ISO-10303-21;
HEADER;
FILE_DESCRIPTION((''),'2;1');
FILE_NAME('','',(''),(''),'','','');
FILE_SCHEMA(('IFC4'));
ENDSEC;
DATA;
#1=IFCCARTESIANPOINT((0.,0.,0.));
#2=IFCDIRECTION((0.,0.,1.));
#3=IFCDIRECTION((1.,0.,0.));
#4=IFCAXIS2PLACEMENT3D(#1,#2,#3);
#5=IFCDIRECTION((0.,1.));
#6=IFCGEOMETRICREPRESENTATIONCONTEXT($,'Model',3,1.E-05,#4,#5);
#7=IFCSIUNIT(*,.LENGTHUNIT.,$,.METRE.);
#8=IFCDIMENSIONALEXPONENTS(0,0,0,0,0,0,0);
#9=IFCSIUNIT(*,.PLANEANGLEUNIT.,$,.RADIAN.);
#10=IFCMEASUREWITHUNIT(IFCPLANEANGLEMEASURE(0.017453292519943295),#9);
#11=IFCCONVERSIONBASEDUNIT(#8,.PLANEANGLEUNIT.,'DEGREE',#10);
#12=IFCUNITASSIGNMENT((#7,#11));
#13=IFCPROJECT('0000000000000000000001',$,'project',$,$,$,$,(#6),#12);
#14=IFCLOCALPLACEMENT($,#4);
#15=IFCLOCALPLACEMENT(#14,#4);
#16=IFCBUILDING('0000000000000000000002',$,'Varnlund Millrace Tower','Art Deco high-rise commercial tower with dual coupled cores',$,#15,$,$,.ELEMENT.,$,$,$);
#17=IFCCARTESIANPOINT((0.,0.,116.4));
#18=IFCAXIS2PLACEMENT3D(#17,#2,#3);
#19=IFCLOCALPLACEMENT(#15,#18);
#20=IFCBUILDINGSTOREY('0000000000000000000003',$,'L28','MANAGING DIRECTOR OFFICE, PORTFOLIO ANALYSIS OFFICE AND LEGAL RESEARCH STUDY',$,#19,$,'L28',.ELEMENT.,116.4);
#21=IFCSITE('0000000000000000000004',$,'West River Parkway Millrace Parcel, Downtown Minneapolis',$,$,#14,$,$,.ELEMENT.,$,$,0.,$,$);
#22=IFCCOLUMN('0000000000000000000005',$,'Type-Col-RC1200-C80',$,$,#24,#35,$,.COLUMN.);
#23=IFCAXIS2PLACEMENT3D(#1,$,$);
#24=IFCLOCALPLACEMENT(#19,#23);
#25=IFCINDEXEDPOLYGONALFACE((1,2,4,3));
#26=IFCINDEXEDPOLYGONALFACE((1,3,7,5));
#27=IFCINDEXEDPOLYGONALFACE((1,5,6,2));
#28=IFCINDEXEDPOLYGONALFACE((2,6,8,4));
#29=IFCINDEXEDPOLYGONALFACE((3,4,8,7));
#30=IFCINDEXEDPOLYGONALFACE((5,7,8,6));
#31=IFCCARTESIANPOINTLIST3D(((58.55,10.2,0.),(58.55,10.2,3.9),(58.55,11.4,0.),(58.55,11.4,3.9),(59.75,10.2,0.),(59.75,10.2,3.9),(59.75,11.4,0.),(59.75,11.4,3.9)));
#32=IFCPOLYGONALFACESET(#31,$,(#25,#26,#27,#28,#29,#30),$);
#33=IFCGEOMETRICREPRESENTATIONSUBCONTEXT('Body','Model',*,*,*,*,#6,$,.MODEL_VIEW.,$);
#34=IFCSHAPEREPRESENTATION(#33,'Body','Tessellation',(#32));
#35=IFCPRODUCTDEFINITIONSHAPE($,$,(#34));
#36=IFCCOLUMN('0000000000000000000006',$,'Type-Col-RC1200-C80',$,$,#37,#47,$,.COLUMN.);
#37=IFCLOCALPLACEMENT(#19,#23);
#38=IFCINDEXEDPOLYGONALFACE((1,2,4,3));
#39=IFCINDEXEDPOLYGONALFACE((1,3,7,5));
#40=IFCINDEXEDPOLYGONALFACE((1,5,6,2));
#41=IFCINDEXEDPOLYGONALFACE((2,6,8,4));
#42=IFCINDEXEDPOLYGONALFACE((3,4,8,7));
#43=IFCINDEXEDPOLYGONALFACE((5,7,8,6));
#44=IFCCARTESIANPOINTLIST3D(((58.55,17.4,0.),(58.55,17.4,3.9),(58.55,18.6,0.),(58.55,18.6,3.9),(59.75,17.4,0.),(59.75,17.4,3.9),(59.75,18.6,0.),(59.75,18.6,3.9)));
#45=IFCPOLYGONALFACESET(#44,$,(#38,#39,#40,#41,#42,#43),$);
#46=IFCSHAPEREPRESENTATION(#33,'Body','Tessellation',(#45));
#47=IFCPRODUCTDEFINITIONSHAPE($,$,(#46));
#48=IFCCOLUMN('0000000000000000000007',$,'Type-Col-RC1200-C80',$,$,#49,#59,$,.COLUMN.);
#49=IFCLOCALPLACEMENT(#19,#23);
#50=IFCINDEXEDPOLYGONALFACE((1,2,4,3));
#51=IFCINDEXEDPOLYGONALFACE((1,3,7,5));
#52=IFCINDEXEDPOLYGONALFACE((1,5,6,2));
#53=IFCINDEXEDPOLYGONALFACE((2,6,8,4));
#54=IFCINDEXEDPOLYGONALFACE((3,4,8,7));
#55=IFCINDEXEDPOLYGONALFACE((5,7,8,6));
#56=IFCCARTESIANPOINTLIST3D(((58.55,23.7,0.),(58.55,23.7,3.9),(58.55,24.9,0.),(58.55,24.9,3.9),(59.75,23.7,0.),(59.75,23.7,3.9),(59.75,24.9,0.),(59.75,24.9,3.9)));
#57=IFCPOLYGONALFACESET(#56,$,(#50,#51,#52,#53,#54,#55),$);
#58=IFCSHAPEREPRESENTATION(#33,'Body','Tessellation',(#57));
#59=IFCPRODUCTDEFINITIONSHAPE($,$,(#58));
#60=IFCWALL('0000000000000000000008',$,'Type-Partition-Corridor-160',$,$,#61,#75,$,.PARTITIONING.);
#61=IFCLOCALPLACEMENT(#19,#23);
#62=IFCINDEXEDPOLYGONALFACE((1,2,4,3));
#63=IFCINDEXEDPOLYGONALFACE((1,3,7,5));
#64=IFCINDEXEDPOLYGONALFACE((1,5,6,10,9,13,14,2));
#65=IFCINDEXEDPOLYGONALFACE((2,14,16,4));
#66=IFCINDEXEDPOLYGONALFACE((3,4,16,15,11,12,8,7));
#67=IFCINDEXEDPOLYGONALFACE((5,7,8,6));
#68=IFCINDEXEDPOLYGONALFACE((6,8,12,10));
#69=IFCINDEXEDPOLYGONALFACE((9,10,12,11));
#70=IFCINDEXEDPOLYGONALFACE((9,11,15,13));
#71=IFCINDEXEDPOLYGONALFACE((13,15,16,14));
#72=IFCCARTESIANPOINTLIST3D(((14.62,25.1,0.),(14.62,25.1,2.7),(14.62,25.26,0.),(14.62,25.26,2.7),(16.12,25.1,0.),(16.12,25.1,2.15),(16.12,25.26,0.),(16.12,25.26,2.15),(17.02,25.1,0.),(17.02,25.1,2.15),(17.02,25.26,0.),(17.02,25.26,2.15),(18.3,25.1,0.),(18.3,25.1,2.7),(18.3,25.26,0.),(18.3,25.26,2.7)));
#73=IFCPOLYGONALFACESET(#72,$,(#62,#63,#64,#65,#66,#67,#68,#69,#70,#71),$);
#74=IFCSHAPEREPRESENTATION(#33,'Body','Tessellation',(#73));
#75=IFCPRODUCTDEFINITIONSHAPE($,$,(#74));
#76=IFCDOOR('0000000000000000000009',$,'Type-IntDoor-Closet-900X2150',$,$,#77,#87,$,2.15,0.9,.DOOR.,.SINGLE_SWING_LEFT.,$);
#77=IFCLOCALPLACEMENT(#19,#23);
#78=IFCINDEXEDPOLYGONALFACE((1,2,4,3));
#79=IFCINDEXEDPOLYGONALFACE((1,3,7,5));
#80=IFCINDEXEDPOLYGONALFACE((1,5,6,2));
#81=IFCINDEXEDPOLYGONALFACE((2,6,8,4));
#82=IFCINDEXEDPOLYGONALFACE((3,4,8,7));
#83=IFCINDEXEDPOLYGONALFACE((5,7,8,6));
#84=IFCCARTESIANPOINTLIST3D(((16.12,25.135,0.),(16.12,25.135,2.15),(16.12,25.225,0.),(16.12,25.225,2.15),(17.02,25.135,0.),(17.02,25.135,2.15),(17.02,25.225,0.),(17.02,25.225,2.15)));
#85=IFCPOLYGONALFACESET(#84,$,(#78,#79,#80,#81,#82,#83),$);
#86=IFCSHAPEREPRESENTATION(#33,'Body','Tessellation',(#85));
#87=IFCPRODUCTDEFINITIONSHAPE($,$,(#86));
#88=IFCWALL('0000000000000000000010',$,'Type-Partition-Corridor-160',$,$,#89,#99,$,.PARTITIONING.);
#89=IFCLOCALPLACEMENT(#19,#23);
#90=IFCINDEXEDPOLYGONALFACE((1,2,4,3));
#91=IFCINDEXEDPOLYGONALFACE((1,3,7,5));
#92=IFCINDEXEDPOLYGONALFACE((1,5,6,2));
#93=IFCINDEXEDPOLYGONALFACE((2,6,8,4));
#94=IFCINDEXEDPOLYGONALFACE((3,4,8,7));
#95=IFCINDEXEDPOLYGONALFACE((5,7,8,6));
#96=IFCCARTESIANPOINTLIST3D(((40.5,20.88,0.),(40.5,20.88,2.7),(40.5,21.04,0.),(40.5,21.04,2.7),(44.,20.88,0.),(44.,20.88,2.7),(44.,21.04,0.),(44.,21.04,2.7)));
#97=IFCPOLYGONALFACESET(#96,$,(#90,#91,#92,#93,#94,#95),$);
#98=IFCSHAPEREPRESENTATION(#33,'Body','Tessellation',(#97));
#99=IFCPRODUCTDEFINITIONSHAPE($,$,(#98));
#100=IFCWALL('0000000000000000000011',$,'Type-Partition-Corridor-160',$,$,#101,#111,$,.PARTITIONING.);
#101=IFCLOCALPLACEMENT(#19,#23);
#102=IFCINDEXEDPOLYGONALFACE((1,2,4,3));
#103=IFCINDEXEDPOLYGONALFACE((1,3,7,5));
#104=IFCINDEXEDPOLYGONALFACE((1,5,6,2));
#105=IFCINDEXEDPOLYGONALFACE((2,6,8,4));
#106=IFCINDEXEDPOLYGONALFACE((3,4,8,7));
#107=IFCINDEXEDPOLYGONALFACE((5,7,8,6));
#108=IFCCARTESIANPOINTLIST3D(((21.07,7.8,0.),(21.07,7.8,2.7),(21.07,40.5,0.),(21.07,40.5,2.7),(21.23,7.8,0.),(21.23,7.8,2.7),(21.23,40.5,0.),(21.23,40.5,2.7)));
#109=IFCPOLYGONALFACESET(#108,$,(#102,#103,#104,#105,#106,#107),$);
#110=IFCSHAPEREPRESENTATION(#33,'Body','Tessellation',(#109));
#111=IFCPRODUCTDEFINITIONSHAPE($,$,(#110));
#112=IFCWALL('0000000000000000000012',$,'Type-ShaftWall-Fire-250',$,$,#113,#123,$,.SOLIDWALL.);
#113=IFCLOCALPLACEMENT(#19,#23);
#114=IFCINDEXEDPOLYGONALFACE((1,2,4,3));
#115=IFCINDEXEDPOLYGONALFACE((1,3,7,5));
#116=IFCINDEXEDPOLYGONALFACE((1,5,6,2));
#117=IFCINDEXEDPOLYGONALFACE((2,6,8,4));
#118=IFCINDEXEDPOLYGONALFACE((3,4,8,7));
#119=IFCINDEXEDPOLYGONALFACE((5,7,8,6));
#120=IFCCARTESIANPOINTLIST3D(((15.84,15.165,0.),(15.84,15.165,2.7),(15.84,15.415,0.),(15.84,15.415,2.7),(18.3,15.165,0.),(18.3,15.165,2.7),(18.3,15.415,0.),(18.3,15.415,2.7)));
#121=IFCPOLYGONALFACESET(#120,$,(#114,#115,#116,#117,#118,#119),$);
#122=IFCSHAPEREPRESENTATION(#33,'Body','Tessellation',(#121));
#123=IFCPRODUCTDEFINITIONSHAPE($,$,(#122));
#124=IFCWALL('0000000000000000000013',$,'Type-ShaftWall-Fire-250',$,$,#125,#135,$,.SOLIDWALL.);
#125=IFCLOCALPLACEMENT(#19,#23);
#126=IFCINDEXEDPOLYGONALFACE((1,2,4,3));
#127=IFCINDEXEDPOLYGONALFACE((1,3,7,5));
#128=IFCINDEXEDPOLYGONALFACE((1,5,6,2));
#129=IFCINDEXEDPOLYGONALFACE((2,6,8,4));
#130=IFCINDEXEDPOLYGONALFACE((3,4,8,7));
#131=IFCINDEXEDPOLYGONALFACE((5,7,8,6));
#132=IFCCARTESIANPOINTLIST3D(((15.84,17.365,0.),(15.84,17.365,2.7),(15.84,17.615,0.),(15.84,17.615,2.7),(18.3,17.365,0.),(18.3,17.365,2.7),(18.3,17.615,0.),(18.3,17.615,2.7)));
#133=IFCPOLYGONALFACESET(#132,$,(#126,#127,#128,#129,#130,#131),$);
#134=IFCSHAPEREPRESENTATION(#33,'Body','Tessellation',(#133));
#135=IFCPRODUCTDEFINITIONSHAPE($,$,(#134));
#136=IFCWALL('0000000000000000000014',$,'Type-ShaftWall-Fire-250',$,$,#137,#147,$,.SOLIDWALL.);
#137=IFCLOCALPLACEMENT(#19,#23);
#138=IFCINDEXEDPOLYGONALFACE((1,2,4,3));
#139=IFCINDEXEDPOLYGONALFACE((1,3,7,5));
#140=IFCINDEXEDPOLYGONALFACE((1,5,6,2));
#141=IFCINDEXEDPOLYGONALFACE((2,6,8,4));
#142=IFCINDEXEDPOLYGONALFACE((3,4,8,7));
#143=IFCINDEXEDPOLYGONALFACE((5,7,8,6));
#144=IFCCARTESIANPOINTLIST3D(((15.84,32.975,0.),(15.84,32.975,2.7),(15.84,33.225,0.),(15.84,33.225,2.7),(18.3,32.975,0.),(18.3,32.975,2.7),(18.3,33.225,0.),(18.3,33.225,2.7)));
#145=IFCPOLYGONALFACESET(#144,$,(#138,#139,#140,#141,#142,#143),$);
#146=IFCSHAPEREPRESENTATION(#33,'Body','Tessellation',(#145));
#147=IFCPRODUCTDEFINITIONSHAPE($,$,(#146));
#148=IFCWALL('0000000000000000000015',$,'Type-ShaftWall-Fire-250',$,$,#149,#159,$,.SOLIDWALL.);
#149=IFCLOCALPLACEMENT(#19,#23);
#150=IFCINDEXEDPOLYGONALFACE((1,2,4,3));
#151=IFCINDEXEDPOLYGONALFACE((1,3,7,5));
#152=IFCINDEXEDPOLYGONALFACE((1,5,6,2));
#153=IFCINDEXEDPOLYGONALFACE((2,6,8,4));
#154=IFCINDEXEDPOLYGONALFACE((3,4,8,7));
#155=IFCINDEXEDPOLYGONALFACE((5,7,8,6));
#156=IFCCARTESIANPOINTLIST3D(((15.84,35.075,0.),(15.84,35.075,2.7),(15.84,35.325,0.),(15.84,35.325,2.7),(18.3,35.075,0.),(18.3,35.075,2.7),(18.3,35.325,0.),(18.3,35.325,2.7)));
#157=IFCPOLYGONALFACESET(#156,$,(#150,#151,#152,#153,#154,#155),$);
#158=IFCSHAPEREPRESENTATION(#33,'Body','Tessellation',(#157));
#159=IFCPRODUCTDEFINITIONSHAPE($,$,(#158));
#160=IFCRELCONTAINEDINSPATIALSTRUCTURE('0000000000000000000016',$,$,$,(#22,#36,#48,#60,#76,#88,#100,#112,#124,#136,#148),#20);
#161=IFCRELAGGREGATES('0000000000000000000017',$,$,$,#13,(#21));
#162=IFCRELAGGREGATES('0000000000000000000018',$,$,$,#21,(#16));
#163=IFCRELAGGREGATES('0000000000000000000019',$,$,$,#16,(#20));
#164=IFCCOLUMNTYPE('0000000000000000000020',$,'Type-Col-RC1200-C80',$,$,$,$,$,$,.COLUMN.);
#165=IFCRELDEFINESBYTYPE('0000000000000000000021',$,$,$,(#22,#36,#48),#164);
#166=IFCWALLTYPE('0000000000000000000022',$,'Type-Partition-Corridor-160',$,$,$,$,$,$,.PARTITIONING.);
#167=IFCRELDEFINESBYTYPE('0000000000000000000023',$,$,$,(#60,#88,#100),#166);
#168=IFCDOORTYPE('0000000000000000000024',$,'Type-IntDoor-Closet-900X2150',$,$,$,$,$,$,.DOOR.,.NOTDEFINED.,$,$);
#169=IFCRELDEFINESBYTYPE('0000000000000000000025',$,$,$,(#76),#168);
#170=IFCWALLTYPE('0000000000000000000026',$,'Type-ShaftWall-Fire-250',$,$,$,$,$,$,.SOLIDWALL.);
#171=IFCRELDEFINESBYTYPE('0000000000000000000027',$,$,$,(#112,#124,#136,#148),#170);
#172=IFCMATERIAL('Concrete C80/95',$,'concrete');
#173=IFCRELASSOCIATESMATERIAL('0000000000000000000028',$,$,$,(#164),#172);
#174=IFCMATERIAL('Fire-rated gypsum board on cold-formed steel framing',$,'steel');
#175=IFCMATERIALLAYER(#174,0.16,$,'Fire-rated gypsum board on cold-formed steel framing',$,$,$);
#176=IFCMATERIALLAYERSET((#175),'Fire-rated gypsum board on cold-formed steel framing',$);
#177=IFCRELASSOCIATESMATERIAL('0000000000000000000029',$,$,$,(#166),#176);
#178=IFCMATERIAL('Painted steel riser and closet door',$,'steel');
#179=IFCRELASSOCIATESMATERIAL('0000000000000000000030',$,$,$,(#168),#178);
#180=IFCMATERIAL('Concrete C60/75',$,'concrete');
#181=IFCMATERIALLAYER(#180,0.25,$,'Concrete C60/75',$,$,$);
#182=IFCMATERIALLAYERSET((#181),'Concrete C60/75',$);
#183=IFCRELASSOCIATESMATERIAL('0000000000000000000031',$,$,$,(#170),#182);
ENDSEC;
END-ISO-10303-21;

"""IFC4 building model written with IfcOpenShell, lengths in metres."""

from ifc_helpers import new_model, entity, si_unit, converted_unit, direction, frame, origin_with_axes, origin_2d_with_axis, place, context, subcontext, project, spatial, polyline, rectangle, outline, extrude, material, layer, layer_set, material_profile, profile_set, type_object, element, fill, save


model = new_model("IFC4")

# Units and contexts
model_context = context("Model", 3, precision=1e-05, world=origin_with_axes(), true_north=direction((0.0, 1.0)))
body_context = subcontext(model_context, "Body", "Model", "MODEL_VIEW")
ifc_project = project(units=[si_unit("LENGTHUNIT", "METRE"), converted_unit("PLANEANGLEUNIT", "DEGREE", entity("IfcPlaneAngleMeasure", 0.017453292519943295), si_unit("PLANEANGLEUNIT", "RADIAN"), dimensions=[0, 0, 0, 0, 0, 0, 0])], contexts=[model_context])

# Site, building, storey
site_placement = place(None, origin_with_axes())
site = spatial("IfcSite", under=ifc_project, at=site_placement, Name="West River Parkway Millrace Parcel, Downtown Minneapolis", CompositionType="ELEMENT", RefElevation=0.0)
building_placement = place(site_placement, origin_with_axes())
building = spatial("IfcBuilding", under=site, at=building_placement, Name="Varnlund Millrace Tower", Description="Art Deco high-rise commercial tower with dual coupled cores", CompositionType="ELEMENT")
storey_placement = place(building_placement, frame((0.0, 0.0, 116.4), z_axis=(0.0, 0.0, 1.0), x_axis=(1.0, 0.0, 0.0)))
storey = spatial("IfcBuildingStorey", under=building, at=storey_placement, Name="L28", Description="MANAGING DIRECTOR OFFICE, PORTFOLIO ANALYSIS OFFICE AND LEGAL RESEARCH STUDY", LongName="L28", CompositionType="ELEMENT", Elevation=116.4)

# Columns
ifc_material_1 = material(Name="Concrete C80/95", Category="concrete")
ifc_material_profile = material_profile(ifc_material_1, rectangle(XDim=1.2, YDim=1.2, at=origin_2d_with_axis()), Name="Concrete C80/95")
ifc_profile_set = profile_set([ifc_material_profile], Name="Concrete C80/95")
column_type = type_object("IfcColumnType", Name="Type-Col-RC1200-C80", PredefinedType="COLUMN", material=ifc_profile_set)
for number, where, z_axis, x_axis, name in (
    (1, (59.15, 10.8, 0.0), (0.0, 0.0, 1.0), (1.0, 0.0, 0.0), "Type-Col-RC1200-C80"),
    (2, (59.15, 18.0, 0.0), (0.0, 0.0, 1.0), (1.0, 0.0, 0.0), "Type-Col-RC1200-C80"),
    (3, (59.15, 24.3, 0.0), (0.0, 0.0, 1.0), (1.0, 0.0, 0.0), "Type-Col-RC1200-C80"),
):
    element("IfcColumn", number, at=place(storey_placement, frame(where, z_axis=z_axis, x_axis=x_axis)), inside=storey, type_object=column_type, Name=name, PredefinedType="COLUMN", context=body_context, shape_type="SweptSolid", body=[
        extrude(rectangle(XDim=1.2, YDim=1.2, at=origin_2d_with_axis()), origin_with_axes(), (0.0, 0.0, 1.0), 3.9),
    ])

# Wall, opening, door
ifc_material_2 = material(Name="Fire-rated gypsum board on cold-formed steel framing", Category="steel")
ifc_layer_1 = layer(ifc_material_2, 0.16, Name="Fire-rated gypsum board on cold-formed steel framing")
ifc_layer_set_1 = layer_set([ifc_layer_1], Name="Fire-rated gypsum board on cold-formed steel framing")
wall_type_1 = type_object("IfcWallType", Name="Type-Partition-Corridor-160", PredefinedType="PARTITIONING", material=ifc_layer_set_1)
wall_1_placement = place(storey_placement, frame((14.62, 25.18, 0.0), z_axis=(0.0, 0.0, 1.0), x_axis=(1.0, 0.0, 0.0)))
wall_1 = element("IfcWall", 4, at=wall_1_placement, inside=storey, type_object=wall_type_1, Name="Type-Partition-Corridor-160", PredefinedType="PARTITIONING", context=body_context, shape_type="SweptSolid", body=[
    extrude(outline(polyline([(0.0, -0.08), (3.68, -0.08), (3.68, 0.08), (0.0, 0.08), (0.0, -0.08)])), origin_with_axes(), (0.0, 0.0, 1.0), 2.7),
])
opening_placement = place(wall_1_placement, frame((1.95, 0.0, 0.0), z_axis=(0.0, 0.0, 1.0), x_axis=(1.0, 0.0, 0.0)))
opening = element("IfcOpeningElement", 5, at=opening_placement, cuts=wall_1, PredefinedType="OPENING", context=body_context, shape_type="SweptSolid", body=[
    extrude(rectangle(XDim=0.9, YDim=0.18, at=origin_2d_with_axis()), origin_with_axes(), (0.0, 0.0, 1.0), 2.15),
])
ifc_material_3 = material(Name="Painted steel riser and closet door", Category="steel")
door_type = type_object("IfcDoorType", Name="Type-IntDoor-Closet-900X2150", OperationType="NOTDEFINED", PredefinedType="DOOR", material=ifc_material_3)
door_placement = place(wall_1_placement, frame((1.95, 0.0, 0.0), z_axis=(0.0, 0.0, 1.0), x_axis=(1.0, 0.0, 0.0)))
door = element("IfcDoor", 6, at=door_placement, inside=storey, type_object=door_type, Name="Type-IntDoor-Closet-900X2150", OperationType="SINGLE_SWING_LEFT", OverallHeight=2.15, OverallWidth=0.9, PredefinedType="DOOR", context=body_context, shape_type="SweptSolid", body=[
    extrude(rectangle(XDim=0.9, YDim=0.09, at=origin_2d_with_axis()), origin_with_axes(), (0.0, 0.0, 1.0), 2.15),
])
fill(opening, door)

# Walls
wall_2_placement = place(storey_placement, frame((40.5, 20.96, 0.0), z_axis=(0.0, 0.0, 1.0), x_axis=(1.0, 0.0, 0.0)))
element("IfcWall", 7, at=wall_2_placement, inside=storey, type_object=wall_type_1, Name="Type-Partition-Corridor-160", PredefinedType="PARTITIONING", context=body_context, shape_type="SweptSolid", body=[
    extrude(outline(polyline([(0.0, -0.08), (3.5, -0.08), (3.5, 0.08), (0.0, 0.08), (0.0, -0.08)])), origin_with_axes(), (0.0, 0.0, 1.0), 2.7),
])
wall_3_placement = place(storey_placement, frame((21.15, 7.8, 0.0), z_axis=(0.0, 0.0, 1.0), x_axis=(0.0, 1.0, 0.0)))
element("IfcWall", 8, at=wall_3_placement, inside=storey, type_object=wall_type_1, Name="Type-Partition-Corridor-160", PredefinedType="PARTITIONING", context=body_context, shape_type="SweptSolid", body=[
    extrude(outline(polyline([(0.0, -0.08), (32.7, -0.08), (32.7, 0.08), (0.0, 0.08), (0.0, -0.08)])), origin_with_axes(), (0.0, 0.0, 1.0), 2.7),
])
ifc_material_4 = material(Name="Concrete C60/75", Category="concrete")
ifc_layer_2 = layer(ifc_material_4, 0.25, Name="Concrete C60/75")
ifc_layer_set_2 = layer_set([ifc_layer_2], Name="Concrete C60/75")
wall_type_2 = type_object("IfcWallType", Name="Type-ShaftWall-Fire-250", PredefinedType="SOLIDWALL", material=ifc_layer_set_2)
for number, where, z_axis, x_axis, name in (
    (9, (15.84, 15.29, 0.0), (0.0, 0.0, 1.0), (1.0, 0.0, 0.0), "Type-ShaftWall-Fire-250"),
    (10, (15.84, 17.49, 0.0), (0.0, 0.0, 1.0), (1.0, 0.0, 0.0), "Type-ShaftWall-Fire-250"),
    (11, (15.84, 33.1, 0.0), (0.0, 0.0, 1.0), (1.0, 0.0, 0.0), "Type-ShaftWall-Fire-250"),
    (12, (15.84, 35.2, 0.0), (0.0, 0.0, 1.0), (1.0, 0.0, 0.0), "Type-ShaftWall-Fire-250"),
):
    element("IfcWall", number, at=place(storey_placement, frame(where, z_axis=z_axis, x_axis=x_axis)), inside=storey, type_object=wall_type_2, Name=name, PredefinedType="SOLIDWALL", context=body_context, shape_type="SweptSolid", body=[
        extrude(outline(polyline([(0.0, -0.125), (2.46, -0.125), (2.46, 0.125), (0.0, 0.125), (0.0, -0.125)])), origin_with_axes(), (0.0, 0.0, 1.0), 2.7),
    ])

save(model, "model.ifc")
